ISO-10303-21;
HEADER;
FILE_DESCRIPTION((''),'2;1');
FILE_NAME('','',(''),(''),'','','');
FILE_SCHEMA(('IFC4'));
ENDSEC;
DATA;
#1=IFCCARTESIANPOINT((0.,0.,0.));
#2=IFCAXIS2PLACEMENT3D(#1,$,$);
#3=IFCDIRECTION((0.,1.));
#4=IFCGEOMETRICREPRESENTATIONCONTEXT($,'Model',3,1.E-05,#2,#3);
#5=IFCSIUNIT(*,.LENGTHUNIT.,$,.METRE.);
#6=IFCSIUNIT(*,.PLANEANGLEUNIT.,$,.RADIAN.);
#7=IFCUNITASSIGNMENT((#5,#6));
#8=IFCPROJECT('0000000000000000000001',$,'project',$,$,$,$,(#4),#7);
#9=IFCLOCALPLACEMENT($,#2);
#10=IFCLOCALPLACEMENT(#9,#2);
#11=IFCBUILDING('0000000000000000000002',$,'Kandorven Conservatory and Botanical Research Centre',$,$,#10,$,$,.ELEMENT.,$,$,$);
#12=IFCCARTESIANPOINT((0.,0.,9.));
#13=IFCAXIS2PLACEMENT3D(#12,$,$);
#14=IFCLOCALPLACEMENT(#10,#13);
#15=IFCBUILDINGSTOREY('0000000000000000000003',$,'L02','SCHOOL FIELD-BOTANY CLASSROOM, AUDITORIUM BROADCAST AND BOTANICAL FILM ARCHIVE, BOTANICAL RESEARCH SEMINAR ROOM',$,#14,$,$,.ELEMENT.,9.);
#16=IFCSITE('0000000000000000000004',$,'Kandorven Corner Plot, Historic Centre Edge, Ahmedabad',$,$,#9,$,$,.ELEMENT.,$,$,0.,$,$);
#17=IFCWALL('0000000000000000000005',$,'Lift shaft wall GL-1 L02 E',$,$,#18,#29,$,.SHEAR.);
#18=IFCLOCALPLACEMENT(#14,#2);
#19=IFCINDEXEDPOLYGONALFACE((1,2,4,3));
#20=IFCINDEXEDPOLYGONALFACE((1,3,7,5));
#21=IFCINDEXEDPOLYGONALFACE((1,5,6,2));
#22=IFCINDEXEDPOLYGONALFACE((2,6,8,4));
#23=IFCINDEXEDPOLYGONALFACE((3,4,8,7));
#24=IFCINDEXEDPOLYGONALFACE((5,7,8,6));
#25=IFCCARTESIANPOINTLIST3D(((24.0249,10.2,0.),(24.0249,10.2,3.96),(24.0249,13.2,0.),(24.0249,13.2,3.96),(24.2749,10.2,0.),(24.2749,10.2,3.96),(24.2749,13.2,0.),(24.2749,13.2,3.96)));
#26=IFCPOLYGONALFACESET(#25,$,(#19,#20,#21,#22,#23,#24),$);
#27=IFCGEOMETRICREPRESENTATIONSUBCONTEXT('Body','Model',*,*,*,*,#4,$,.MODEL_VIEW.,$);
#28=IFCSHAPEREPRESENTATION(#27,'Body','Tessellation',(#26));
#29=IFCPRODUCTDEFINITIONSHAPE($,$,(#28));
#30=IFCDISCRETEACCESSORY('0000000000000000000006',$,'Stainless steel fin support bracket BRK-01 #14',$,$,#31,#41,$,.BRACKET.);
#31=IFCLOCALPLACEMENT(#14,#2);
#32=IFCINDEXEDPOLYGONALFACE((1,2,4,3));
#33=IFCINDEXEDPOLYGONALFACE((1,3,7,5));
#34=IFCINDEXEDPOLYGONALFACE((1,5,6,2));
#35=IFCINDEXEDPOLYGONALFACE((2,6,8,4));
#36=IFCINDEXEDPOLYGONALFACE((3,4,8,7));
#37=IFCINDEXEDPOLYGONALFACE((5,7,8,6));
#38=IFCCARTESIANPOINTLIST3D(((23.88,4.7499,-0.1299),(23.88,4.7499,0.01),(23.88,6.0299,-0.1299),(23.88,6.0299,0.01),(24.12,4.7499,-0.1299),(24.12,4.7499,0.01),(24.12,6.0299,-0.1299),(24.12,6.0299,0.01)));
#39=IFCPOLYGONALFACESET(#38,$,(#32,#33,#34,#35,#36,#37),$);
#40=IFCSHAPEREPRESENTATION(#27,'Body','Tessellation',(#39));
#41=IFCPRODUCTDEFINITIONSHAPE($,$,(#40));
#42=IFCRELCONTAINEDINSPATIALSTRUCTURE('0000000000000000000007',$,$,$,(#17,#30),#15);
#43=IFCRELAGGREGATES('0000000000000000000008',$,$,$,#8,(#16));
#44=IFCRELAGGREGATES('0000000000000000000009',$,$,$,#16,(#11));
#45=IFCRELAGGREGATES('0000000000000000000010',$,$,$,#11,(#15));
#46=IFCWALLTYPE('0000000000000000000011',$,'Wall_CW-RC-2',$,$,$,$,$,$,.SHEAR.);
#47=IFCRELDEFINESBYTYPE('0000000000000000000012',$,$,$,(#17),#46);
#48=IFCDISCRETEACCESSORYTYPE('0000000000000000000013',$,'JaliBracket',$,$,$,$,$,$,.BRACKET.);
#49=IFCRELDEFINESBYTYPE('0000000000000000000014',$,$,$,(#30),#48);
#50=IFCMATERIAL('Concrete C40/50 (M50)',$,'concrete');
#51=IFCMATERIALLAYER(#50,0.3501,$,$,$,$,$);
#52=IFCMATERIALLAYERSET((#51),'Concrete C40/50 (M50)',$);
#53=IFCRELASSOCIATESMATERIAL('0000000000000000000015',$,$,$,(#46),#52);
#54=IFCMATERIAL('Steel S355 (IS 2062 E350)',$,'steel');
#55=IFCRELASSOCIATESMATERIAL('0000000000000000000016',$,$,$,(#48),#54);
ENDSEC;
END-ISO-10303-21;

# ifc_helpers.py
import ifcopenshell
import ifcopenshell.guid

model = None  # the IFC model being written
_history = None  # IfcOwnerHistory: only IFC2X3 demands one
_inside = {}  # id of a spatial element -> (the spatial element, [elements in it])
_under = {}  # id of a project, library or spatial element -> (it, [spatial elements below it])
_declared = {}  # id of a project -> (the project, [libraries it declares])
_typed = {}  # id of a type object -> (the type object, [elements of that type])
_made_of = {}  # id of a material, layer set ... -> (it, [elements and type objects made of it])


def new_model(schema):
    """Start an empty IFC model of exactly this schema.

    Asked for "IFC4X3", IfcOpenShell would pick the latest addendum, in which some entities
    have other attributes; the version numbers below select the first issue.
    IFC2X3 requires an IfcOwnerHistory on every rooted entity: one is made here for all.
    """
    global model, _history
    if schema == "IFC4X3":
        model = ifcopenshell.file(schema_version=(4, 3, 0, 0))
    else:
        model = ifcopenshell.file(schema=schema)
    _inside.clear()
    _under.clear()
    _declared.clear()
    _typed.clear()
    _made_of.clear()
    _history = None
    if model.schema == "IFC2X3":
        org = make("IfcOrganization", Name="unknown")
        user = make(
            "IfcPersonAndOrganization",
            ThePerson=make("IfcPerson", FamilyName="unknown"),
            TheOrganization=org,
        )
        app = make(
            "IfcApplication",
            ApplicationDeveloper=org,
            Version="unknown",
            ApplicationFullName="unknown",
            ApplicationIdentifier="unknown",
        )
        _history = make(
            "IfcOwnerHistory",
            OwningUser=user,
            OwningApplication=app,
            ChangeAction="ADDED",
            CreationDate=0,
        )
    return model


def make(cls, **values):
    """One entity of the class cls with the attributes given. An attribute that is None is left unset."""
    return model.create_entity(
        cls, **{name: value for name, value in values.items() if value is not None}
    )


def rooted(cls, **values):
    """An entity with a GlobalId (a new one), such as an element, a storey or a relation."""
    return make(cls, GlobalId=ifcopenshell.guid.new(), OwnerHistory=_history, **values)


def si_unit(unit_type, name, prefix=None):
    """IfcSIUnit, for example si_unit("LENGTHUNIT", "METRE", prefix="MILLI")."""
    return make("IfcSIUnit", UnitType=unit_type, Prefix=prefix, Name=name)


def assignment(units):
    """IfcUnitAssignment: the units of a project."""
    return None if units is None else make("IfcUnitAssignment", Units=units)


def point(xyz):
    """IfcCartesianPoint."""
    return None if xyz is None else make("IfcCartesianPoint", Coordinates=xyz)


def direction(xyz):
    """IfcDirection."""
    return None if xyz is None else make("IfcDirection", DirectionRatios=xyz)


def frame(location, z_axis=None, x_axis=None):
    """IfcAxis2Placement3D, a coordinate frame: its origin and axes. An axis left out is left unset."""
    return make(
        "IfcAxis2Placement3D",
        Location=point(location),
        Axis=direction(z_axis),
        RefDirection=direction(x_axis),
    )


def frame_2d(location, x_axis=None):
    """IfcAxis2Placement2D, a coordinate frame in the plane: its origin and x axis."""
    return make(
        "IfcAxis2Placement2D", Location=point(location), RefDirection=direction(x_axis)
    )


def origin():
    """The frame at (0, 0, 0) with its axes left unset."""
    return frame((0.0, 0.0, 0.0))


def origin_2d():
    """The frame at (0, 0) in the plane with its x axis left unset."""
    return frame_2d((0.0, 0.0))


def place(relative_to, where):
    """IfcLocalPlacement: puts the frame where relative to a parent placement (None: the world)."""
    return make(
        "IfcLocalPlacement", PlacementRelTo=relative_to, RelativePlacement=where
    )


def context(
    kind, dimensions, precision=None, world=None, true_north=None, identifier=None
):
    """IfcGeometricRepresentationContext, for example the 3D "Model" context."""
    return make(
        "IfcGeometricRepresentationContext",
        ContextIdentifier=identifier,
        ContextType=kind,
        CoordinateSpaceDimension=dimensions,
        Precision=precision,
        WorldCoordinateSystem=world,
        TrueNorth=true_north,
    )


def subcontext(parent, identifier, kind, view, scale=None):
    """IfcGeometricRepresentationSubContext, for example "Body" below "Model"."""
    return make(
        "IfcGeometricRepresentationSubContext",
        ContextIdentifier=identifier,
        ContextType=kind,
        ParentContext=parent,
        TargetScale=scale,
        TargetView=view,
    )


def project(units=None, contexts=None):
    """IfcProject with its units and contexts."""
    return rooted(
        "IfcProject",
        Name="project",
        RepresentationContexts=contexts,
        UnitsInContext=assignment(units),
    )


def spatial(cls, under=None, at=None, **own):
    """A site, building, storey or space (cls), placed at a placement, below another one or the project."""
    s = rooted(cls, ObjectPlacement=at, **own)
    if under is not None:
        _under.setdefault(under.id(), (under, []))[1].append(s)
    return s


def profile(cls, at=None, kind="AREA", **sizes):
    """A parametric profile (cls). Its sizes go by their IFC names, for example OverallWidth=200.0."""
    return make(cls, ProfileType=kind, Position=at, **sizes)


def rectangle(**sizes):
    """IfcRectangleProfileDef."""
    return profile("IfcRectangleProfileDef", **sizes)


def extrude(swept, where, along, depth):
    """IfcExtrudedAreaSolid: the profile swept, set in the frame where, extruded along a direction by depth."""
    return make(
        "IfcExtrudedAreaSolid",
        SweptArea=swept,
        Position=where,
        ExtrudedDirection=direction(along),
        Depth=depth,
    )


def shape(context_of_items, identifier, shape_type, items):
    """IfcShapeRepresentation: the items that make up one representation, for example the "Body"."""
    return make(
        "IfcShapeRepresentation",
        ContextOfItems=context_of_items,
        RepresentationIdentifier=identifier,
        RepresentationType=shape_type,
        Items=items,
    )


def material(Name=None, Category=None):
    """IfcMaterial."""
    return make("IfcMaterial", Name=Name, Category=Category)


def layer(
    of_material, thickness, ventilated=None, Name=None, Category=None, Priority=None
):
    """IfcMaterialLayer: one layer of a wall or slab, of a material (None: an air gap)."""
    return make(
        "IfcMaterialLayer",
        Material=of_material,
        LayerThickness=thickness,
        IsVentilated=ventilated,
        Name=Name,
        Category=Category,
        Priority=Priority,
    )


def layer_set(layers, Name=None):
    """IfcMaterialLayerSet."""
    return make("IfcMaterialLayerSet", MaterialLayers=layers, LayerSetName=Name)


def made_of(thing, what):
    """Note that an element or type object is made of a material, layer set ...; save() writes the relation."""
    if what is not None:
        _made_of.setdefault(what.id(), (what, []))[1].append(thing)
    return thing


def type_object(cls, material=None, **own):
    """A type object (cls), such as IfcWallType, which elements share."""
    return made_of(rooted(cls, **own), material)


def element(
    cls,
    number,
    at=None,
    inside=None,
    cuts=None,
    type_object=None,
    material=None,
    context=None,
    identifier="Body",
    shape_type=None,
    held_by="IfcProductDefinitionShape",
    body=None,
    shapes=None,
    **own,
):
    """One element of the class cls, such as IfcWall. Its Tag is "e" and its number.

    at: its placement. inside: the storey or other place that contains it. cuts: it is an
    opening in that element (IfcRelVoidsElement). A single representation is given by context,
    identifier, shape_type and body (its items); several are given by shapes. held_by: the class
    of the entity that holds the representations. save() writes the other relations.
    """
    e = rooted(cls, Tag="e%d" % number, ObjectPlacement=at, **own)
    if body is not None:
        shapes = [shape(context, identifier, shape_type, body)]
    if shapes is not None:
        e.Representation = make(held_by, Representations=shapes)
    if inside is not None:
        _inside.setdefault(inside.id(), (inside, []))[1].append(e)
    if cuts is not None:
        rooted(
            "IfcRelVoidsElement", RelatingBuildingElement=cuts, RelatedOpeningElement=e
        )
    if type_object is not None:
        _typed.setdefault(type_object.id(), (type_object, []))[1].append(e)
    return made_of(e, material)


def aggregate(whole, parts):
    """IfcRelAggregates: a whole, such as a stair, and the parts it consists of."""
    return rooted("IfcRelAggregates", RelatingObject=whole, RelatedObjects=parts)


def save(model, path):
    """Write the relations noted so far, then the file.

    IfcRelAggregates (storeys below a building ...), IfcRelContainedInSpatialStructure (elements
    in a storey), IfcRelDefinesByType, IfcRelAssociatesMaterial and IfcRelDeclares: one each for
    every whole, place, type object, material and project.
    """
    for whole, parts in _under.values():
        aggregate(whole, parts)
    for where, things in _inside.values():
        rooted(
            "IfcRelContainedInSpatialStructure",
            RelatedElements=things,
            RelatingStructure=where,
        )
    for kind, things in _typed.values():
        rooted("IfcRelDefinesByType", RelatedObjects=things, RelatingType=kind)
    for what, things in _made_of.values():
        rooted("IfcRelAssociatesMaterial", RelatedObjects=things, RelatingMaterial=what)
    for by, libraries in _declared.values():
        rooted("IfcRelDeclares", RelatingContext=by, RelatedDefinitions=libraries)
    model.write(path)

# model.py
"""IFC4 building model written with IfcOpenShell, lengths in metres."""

from ifc_helpers import new_model, si_unit, direction, frame, frame_2d, origin, origin_2d, place, context, subcontext, project, spatial, rectangle, extrude, material, layer, layer_set, type_object, element, save


model = new_model("IFC4")

# Units and contexts
model_context = context("Model", 3, precision=1e-05, world=origin(), true_north=direction((0.0, 1.0)))
body_context = subcontext(model_context, "Body", "Model", "MODEL_VIEW")
ifc_project = project(units=[si_unit("LENGTHUNIT", "METRE"), si_unit("PLANEANGLEUNIT", "RADIAN")], contexts=[model_context])

# Site, building, storey
site_placement = place(None, origin())
site = spatial("IfcSite", under=ifc_project, at=site_placement, Name="Kandorven Corner Plot, Historic Centre Edge, Ahmedabad", CompositionType="ELEMENT", RefElevation=0.0)
building_placement = place(site_placement, origin())
building = spatial("IfcBuilding", under=site, at=building_placement, Name="Kandorven Conservatory and Botanical Research Centre", CompositionType="ELEMENT")
storey_placement = place(building_placement, frame((0.0, 0.0, 9.0)))
storey = spatial("IfcBuildingStorey", under=building, at=storey_placement, Name="L02", Description="SCHOOL FIELD-BOTANY CLASSROOM, AUDITORIUM BROADCAST AND BOTANICAL FILM ARCHIVE, BOTANICAL RESEARCH SEMINAR ROOM", CompositionType="ELEMENT", Elevation=9.0)

# Wall
ifc_material_1 = material(Name="Concrete C40/50 (M50)", Category="concrete")
ifc_layer_1 = layer(ifc_material_1, 0.3501)
ifc_layer_set_1 = layer_set([ifc_layer_1], Name="Concrete C40/50 (M50)")
wall_type = type_object("IfcWallType", Name="Wall_CW-RC-2", PredefinedType="SHEAR", material=ifc_layer_set_1)
wall_placement = place(storey_placement, frame((24.1499, 10.2, 0.0), z_axis=(0.0, 0.0, 1.0), x_axis=(0.0, 1.0, 0.0)))
element("IfcWall", 1, at=wall_placement, inside=storey, type_object=wall_type, Name="Lift shaft wall GL-1 L02 E", PredefinedType="SHEAR", context=body_context, shape_type="SweptSolid", body=[
    extrude(rectangle(XDim=3.0, YDim=0.25, at=frame_2d((1.5, 0.0))), origin(), (0.0, 0.0, 1.0), 3.96),
])

# Discrete accessory
ifc_material_2 = material(Name="Steel S355 (IS 2062 E350)", Category="steel")
discrete_accessory_type = type_object("IfcDiscreteAccessoryType", Name="JaliBracket", PredefinedType="BRACKET", material=ifc_material_2)
discrete_accessory_placement = place(storey_placement, frame((24.0, 5.3899, -0.1299), z_axis=(0.0, 0.0, 1.0), x_axis=(1.0, 0.0, 0.0)))
element("IfcDiscreteAccessory", 2, at=discrete_accessory_placement, inside=storey, type_object=discrete_accessory_type, Name="Stainless steel fin support bracket BRK-01 #14", PredefinedType="BRACKET", context=body_context, shape_type="SweptSolid", body=[
    extrude(rectangle(XDim=0.24, YDim=1.28, at=origin_2d()), origin(), (0.0, 0.0, 1.0), 0.1399),
])

save(model, "model.ifc")
